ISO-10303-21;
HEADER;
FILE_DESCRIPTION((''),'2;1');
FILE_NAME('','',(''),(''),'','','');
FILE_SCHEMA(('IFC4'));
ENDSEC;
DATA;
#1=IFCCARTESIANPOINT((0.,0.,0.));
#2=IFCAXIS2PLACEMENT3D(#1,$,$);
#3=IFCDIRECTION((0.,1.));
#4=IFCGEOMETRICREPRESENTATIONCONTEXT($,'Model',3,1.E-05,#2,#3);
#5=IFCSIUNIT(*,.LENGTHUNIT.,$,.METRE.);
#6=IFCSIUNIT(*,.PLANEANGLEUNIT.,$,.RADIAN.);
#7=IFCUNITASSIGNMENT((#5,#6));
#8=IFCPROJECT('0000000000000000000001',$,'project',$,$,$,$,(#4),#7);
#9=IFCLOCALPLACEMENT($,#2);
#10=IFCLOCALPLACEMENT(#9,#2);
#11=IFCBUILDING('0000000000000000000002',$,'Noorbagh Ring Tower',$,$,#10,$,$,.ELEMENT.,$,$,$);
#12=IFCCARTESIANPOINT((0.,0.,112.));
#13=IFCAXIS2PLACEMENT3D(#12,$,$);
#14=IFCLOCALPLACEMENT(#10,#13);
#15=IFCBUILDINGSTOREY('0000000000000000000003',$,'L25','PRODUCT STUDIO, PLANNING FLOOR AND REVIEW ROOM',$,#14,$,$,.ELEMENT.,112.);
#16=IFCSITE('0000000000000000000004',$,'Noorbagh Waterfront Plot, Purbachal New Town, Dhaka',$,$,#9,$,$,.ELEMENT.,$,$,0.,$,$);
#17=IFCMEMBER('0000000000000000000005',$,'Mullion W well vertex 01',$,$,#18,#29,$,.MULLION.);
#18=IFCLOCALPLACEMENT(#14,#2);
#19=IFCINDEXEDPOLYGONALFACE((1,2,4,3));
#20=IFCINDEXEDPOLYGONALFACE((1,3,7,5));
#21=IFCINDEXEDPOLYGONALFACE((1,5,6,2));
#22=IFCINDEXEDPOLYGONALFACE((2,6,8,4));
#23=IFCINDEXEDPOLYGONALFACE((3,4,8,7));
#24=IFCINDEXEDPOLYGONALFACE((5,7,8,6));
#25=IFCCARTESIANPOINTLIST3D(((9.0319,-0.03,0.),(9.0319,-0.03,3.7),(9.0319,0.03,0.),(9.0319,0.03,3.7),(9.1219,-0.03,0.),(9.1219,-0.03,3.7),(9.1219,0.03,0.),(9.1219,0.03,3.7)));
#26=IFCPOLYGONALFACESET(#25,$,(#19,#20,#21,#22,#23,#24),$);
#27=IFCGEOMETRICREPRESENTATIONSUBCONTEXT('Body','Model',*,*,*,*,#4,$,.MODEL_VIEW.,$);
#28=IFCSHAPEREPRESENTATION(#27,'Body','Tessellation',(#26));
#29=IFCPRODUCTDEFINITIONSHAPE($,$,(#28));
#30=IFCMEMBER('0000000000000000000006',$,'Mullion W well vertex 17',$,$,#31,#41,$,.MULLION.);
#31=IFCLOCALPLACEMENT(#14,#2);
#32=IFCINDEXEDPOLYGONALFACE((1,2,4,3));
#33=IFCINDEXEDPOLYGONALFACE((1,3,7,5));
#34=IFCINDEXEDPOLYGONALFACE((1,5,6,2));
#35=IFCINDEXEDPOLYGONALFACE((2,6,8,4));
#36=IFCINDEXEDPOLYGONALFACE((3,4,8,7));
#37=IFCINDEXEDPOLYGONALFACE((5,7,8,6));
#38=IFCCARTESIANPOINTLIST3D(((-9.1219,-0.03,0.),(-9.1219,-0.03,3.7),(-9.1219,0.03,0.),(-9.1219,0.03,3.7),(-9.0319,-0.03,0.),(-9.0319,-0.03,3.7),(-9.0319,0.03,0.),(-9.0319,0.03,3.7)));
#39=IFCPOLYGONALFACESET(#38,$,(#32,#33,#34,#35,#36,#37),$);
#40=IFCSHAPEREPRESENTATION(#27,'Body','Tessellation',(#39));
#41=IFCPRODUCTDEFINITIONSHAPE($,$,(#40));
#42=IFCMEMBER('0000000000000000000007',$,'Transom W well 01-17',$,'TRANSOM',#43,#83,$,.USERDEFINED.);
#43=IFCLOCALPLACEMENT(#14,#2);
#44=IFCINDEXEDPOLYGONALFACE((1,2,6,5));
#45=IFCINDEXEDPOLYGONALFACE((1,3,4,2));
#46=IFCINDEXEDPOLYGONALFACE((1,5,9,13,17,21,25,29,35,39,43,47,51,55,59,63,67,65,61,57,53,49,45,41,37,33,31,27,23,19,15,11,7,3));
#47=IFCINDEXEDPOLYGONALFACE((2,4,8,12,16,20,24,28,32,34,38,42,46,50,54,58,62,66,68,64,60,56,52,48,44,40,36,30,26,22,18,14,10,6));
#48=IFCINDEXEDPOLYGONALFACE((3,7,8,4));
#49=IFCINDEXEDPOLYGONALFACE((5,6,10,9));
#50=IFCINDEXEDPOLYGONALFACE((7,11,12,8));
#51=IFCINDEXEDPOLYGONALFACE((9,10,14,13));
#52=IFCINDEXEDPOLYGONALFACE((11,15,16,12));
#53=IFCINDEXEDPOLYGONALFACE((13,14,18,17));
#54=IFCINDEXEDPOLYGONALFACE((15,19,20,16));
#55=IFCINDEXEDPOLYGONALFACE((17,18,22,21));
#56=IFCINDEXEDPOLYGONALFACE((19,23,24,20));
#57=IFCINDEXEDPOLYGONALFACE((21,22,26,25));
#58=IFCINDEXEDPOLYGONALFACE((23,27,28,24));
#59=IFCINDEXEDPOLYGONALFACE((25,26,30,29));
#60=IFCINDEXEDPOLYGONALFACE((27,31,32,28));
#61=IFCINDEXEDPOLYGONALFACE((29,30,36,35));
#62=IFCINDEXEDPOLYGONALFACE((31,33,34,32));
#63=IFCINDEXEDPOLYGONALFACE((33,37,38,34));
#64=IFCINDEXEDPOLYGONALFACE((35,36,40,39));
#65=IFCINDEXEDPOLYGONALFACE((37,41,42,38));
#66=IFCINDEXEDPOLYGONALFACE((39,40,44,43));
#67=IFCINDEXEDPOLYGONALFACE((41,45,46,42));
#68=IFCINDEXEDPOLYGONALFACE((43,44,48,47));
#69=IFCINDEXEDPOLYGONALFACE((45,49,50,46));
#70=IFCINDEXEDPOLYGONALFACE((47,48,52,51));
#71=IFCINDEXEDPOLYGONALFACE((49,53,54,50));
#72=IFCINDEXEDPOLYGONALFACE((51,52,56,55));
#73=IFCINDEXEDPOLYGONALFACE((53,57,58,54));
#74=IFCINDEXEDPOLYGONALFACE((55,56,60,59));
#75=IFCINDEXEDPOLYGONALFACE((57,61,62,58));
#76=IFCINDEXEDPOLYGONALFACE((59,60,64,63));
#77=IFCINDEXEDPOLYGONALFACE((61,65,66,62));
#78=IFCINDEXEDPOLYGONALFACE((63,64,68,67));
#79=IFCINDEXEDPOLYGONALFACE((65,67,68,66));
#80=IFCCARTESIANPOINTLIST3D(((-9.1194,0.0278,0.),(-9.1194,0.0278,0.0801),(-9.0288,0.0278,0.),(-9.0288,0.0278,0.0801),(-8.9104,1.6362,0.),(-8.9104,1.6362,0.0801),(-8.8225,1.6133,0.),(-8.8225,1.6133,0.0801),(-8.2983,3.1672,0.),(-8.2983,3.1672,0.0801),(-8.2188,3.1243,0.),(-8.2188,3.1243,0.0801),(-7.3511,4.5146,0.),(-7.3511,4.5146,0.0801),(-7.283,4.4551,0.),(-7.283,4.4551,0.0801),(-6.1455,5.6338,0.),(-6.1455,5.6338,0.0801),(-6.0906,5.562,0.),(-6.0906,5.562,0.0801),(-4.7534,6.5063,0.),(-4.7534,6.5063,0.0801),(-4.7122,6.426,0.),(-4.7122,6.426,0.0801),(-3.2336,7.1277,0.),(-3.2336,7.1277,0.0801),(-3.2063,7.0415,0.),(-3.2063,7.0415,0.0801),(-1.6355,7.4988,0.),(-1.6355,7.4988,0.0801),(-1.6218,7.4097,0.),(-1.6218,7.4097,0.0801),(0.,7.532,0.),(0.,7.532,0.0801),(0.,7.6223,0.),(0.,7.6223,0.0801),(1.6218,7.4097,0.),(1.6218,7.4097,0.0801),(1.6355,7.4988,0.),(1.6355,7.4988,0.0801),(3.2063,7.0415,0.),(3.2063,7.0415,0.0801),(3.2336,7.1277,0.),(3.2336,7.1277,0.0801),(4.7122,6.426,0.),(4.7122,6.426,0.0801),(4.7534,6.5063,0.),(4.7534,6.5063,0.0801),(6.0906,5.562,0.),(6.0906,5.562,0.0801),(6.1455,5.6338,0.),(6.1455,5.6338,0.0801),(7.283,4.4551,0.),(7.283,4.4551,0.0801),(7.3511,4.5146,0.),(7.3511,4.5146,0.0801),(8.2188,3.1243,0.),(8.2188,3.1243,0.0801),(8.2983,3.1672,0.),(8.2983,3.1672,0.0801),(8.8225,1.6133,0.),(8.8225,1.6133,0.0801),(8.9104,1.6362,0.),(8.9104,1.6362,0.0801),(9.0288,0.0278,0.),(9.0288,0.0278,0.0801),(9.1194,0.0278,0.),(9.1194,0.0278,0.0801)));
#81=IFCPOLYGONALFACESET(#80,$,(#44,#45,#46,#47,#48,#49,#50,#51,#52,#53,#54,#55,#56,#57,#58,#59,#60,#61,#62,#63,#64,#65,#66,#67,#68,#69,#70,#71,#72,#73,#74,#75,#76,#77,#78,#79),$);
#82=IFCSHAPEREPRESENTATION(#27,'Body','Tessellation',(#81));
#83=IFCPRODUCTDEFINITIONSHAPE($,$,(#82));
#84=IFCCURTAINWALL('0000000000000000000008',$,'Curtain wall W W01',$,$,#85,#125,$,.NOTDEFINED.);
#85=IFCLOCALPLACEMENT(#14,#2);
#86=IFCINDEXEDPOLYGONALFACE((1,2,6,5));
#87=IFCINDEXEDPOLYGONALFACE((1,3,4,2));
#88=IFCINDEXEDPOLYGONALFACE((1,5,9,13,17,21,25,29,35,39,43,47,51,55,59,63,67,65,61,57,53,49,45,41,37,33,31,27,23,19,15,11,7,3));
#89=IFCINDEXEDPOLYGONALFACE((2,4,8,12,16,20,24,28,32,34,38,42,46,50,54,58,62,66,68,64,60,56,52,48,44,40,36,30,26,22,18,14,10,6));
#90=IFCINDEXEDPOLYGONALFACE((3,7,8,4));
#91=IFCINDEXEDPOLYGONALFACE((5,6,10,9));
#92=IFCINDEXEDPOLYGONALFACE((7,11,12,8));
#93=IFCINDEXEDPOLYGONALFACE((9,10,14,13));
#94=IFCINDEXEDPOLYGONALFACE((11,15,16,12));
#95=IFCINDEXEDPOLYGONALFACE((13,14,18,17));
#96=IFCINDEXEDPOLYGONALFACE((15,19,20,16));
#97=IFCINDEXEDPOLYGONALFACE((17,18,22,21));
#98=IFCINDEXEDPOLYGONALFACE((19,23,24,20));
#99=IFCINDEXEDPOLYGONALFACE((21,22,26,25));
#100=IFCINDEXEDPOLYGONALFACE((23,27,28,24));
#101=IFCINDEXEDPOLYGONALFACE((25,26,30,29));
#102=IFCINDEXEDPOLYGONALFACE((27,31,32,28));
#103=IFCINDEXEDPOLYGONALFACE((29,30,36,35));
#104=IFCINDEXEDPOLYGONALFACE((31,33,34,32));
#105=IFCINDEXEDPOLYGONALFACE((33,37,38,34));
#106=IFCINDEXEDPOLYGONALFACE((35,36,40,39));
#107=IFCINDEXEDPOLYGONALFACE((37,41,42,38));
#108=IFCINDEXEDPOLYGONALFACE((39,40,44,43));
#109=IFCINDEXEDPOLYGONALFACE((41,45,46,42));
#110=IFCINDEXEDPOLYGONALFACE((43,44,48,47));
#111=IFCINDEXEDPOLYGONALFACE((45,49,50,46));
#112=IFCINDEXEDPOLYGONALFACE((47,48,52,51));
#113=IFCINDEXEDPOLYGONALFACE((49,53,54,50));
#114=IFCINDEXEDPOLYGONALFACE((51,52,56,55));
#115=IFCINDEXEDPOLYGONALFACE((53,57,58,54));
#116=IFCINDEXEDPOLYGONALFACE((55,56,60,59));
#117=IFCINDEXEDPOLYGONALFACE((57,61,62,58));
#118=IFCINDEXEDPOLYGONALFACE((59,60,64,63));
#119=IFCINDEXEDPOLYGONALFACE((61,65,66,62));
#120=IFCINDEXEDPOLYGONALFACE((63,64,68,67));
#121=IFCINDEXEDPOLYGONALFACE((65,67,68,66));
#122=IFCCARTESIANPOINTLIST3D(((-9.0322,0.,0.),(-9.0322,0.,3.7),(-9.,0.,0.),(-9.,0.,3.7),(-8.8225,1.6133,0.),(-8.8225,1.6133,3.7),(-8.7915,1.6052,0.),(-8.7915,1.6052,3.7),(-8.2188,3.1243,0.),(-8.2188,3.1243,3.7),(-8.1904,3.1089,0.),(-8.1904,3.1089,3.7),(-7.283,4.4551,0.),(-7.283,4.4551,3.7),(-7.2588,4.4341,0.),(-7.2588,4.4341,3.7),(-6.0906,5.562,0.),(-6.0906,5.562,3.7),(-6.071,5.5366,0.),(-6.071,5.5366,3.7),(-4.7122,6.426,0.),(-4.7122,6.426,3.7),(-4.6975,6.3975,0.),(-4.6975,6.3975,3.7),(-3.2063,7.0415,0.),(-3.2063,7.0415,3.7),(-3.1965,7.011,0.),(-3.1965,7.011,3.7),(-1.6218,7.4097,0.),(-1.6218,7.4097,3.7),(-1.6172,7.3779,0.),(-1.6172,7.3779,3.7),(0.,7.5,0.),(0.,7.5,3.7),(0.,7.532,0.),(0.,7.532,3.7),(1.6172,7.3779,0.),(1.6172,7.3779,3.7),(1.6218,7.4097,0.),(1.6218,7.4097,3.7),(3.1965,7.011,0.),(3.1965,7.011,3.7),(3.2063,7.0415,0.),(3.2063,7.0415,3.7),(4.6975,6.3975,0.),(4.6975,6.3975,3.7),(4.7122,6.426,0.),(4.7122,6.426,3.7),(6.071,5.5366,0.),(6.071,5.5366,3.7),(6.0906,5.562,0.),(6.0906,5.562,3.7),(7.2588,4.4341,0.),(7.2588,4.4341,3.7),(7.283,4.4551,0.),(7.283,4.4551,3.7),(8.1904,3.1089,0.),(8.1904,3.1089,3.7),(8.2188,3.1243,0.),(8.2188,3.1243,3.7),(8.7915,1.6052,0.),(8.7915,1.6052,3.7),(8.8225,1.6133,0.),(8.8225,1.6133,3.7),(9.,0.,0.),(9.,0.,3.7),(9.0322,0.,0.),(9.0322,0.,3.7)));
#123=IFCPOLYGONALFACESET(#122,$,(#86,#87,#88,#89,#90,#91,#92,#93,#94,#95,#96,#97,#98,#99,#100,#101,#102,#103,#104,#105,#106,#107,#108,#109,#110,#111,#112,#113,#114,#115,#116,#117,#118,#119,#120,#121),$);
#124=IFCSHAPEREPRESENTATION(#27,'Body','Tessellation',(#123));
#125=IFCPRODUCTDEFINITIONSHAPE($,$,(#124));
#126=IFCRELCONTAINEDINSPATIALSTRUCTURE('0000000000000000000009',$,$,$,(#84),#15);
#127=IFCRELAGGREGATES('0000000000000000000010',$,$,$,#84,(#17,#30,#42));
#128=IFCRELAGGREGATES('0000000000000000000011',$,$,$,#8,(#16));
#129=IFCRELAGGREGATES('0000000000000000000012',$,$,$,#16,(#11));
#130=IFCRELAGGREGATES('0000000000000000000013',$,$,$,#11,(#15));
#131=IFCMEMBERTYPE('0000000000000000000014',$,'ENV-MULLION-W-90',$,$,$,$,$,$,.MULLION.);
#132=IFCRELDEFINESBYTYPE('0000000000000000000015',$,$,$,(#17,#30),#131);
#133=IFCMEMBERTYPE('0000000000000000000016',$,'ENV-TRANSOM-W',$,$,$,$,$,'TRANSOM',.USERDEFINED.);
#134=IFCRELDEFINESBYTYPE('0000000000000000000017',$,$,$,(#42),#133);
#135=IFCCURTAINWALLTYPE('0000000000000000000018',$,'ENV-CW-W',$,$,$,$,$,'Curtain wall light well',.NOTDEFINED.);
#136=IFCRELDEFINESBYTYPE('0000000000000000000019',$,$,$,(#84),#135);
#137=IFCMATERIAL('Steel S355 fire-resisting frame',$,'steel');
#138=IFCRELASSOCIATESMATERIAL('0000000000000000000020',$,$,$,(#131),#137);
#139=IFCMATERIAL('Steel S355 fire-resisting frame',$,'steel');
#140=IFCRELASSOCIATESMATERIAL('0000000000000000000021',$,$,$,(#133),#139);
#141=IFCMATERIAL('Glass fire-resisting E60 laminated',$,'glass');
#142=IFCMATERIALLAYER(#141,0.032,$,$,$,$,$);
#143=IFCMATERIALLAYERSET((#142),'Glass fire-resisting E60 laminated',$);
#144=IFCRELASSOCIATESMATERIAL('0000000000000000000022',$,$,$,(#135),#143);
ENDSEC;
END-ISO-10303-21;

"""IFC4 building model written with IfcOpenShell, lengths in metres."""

from ifc_helpers import new_model, si_unit, direction, frame, origin, origin_2d, place, context, subcontext, project, spatial, polyline, rectangle, outline, extrude, material, layer, layer_set, material_profile, profile_set, type_object, element, aggregate, save


model = new_model("IFC4")

# Units and contexts
model_context = context("Model", 3, precision=1e-05, world=origin(), true_north=direction((0.0, 1.0)))
body_context = subcontext(model_context, "Body", "Model", "MODEL_VIEW")
ifc_project = project(units=[si_unit("LENGTHUNIT", "METRE"), si_unit("PLANEANGLEUNIT", "RADIAN")], contexts=[model_context])

# Site, building, storey
site_placement = place(None, origin())
site = spatial("IfcSite", under=ifc_project, at=site_placement, Name="Noorbagh Waterfront Plot, Purbachal New Town, Dhaka", CompositionType="ELEMENT", RefElevation=0.0)
building_placement = place(site_placement, origin())
building = spatial("IfcBuilding", under=site, at=building_placement, Name="Noorbagh Ring Tower", CompositionType="ELEMENT")
storey_placement = place(building_placement, frame((0.0, 0.0, 112.0)))
storey = spatial("IfcBuildingStorey", under=building, at=storey_placement, Name="L25", Description="PRODUCT STUDIO, PLANNING FLOOR AND REVIEW ROOM", CompositionType="ELEMENT", Elevation=112.0)

# Members
ifc_material_1 = material(Name="Steel S355 fire-resisting frame", Category="steel")
ifc_material_profile_1 = material_profile(ifc_material_1, rectangle(XDim=0.0901, YDim=0.0601, at=origin_2d()), Name="90x60")
ifc_profile_set_1 = profile_set([ifc_material_profile_1], Name="Steel S355 fire-resisting frame")
member_type_1 = type_object("IfcMemberType", Name="ENV-MULLION-W-90", PredefinedType="MULLION", material=ifc_profile_set_1)
member_1_placement = place(storey_placement, frame((9.0769, 0.0, 0.0), z_axis=(0.0, 0.0, 1.0), x_axis=(1.0, 0.0, 0.0)))
member_1 = element("IfcMember", 1, at=member_1_placement, type_object=member_type_1, Name="Mullion W well vertex 01", PredefinedType="MULLION", context=body_context, shape_type="SweptSolid", body=[
    extrude(rectangle(XDim=0.0901, YDim=0.0601, at=origin_2d()), origin(), (0.0, 0.0, 1.0), 3.7),
])
member_2_placement = place(storey_placement, frame((-9.0769, 0.0, 0.0), z_axis=(0.0, 0.0, 1.0), x_axis=(-1.0, 0.0, 0.0)))
member_2 = element("IfcMember", 2, at=member_2_placement, type_object=member_type_1, Name="Mullion W well vertex 17", PredefinedType="MULLION", context=body_context, shape_type="SweptSolid", body=[
    extrude(rectangle(XDim=0.0901, YDim=0.0601, at=origin_2d()), origin(), (0.0, 0.0, 1.0), 3.7),
])
ifc_material_2 = material(Name="Steel S355 fire-resisting frame", Category="steel")
member_type_2 = type_object("IfcMemberType", Name="ENV-TRANSOM-W", ElementType="TRANSOM", PredefinedType="USERDEFINED", material=ifc_material_2)
member_3_placement = place(storey_placement, origin())
member_3 = element("IfcMember", 3, at=member_3_placement, type_object=member_type_2, Name="Transom W well 01-17", ObjectType="TRANSOM", PredefinedType="USERDEFINED", context=body_context, shape_type="SweptSolid", body=[
    extrude(outline(polyline([(9.1194, 0.0278), (8.9104, 1.6362), (8.2983, 3.1672), (7.3511, 4.5146), (6.1455, 5.6338), (4.7534, 6.5063), (3.2336, 7.1277), (1.6355, 7.4988), (0.0, 7.6223), (-1.6355, 7.4988), (-3.2336, 7.1277), (-4.7534, 6.5063), (-6.1455, 5.6338), (-7.3511, 4.5146), (-8.2983, 3.1672), (-8.9104, 1.6362), (-9.1194, 0.0278), (-9.0288, 0.0278), (-8.8225, 1.6133), (-8.2188, 3.1243), (-7.283, 4.4551), (-6.0906, 5.562), (-4.7122, 6.426), (-3.2063, 7.0415), (-1.6218, 7.4097), (0.0, 7.532), (1.6218, 7.4097), (3.2063, 7.0415), (4.7122, 6.426), (6.0906, 5.562), (7.283, 4.4551), (8.2188, 3.1243), (8.8225, 1.6133), (9.0288, 0.0278), (9.1194, 0.0278)])), origin(), (0.0, 0.0, 1.0), 0.0801),
])

# Curtain wall
ifc_material_3 = material(Name="Glass fire-resisting E60 laminated", Category="glass")
ifc_layer_1 = layer(ifc_material_3, 0.032)
ifc_layer_set_1 = layer_set([ifc_layer_1], Name="Glass fire-resisting E60 laminated")
curtain_wall_type_1 = type_object("IfcCurtainWallType", Name="ENV-CW-W", ElementType="Curtain wall light well", PredefinedType="NOTDEFINED", material=ifc_layer_set_1)
curtain_wall_1_placement = place(storey_placement, origin())
curtain_wall_1 = element("IfcCurtainWall", 4, at=curtain_wall_1_placement, inside=storey, type_object=curtain_wall_type_1, Name="Curtain wall W W01", PredefinedType="NOTDEFINED", context=body_context, shape_type="SweptSolid", body=[
    extrude(outline(polyline([(9.0322, 0.0), (8.8225, 1.6133), (8.2188, 3.1243), (7.283, 4.4551), (6.0906, 5.562), (4.7122, 6.426), (3.2063, 7.0415), (1.6218, 7.4097), (0.0, 7.532), (-1.6218, 7.4097), (-3.2063, 7.0415), (-4.7122, 6.426), (-6.0906, 5.562), (-7.283, 4.4551), (-8.2188, 3.1243), (-8.8225, 1.6133), (-9.0322, 0.0), (-9.0, 0.0), (-8.7915, 1.6052), (-8.1904, 3.1089), (-7.2588, 4.4341), (-6.071, 5.5366), (-4.6975, 6.3975), (-3.1965, 7.011), (-1.6172, 7.3779), (0.0, 7.5), (1.6172, 7.3779), (3.1965, 7.011), (4.6975, 6.3975), (6.071, 5.5366), (7.2588, 4.4341), (8.1904, 3.1089), (8.7915, 1.6052), (9.0, 0.0), (9.0322, 0.0)])), origin(), (0.0, 0.0, 1.0), 3.7),
])
aggregate(curtain_wall_1, [member_1, member_2, member_3])

save(model, "model.ifc")
